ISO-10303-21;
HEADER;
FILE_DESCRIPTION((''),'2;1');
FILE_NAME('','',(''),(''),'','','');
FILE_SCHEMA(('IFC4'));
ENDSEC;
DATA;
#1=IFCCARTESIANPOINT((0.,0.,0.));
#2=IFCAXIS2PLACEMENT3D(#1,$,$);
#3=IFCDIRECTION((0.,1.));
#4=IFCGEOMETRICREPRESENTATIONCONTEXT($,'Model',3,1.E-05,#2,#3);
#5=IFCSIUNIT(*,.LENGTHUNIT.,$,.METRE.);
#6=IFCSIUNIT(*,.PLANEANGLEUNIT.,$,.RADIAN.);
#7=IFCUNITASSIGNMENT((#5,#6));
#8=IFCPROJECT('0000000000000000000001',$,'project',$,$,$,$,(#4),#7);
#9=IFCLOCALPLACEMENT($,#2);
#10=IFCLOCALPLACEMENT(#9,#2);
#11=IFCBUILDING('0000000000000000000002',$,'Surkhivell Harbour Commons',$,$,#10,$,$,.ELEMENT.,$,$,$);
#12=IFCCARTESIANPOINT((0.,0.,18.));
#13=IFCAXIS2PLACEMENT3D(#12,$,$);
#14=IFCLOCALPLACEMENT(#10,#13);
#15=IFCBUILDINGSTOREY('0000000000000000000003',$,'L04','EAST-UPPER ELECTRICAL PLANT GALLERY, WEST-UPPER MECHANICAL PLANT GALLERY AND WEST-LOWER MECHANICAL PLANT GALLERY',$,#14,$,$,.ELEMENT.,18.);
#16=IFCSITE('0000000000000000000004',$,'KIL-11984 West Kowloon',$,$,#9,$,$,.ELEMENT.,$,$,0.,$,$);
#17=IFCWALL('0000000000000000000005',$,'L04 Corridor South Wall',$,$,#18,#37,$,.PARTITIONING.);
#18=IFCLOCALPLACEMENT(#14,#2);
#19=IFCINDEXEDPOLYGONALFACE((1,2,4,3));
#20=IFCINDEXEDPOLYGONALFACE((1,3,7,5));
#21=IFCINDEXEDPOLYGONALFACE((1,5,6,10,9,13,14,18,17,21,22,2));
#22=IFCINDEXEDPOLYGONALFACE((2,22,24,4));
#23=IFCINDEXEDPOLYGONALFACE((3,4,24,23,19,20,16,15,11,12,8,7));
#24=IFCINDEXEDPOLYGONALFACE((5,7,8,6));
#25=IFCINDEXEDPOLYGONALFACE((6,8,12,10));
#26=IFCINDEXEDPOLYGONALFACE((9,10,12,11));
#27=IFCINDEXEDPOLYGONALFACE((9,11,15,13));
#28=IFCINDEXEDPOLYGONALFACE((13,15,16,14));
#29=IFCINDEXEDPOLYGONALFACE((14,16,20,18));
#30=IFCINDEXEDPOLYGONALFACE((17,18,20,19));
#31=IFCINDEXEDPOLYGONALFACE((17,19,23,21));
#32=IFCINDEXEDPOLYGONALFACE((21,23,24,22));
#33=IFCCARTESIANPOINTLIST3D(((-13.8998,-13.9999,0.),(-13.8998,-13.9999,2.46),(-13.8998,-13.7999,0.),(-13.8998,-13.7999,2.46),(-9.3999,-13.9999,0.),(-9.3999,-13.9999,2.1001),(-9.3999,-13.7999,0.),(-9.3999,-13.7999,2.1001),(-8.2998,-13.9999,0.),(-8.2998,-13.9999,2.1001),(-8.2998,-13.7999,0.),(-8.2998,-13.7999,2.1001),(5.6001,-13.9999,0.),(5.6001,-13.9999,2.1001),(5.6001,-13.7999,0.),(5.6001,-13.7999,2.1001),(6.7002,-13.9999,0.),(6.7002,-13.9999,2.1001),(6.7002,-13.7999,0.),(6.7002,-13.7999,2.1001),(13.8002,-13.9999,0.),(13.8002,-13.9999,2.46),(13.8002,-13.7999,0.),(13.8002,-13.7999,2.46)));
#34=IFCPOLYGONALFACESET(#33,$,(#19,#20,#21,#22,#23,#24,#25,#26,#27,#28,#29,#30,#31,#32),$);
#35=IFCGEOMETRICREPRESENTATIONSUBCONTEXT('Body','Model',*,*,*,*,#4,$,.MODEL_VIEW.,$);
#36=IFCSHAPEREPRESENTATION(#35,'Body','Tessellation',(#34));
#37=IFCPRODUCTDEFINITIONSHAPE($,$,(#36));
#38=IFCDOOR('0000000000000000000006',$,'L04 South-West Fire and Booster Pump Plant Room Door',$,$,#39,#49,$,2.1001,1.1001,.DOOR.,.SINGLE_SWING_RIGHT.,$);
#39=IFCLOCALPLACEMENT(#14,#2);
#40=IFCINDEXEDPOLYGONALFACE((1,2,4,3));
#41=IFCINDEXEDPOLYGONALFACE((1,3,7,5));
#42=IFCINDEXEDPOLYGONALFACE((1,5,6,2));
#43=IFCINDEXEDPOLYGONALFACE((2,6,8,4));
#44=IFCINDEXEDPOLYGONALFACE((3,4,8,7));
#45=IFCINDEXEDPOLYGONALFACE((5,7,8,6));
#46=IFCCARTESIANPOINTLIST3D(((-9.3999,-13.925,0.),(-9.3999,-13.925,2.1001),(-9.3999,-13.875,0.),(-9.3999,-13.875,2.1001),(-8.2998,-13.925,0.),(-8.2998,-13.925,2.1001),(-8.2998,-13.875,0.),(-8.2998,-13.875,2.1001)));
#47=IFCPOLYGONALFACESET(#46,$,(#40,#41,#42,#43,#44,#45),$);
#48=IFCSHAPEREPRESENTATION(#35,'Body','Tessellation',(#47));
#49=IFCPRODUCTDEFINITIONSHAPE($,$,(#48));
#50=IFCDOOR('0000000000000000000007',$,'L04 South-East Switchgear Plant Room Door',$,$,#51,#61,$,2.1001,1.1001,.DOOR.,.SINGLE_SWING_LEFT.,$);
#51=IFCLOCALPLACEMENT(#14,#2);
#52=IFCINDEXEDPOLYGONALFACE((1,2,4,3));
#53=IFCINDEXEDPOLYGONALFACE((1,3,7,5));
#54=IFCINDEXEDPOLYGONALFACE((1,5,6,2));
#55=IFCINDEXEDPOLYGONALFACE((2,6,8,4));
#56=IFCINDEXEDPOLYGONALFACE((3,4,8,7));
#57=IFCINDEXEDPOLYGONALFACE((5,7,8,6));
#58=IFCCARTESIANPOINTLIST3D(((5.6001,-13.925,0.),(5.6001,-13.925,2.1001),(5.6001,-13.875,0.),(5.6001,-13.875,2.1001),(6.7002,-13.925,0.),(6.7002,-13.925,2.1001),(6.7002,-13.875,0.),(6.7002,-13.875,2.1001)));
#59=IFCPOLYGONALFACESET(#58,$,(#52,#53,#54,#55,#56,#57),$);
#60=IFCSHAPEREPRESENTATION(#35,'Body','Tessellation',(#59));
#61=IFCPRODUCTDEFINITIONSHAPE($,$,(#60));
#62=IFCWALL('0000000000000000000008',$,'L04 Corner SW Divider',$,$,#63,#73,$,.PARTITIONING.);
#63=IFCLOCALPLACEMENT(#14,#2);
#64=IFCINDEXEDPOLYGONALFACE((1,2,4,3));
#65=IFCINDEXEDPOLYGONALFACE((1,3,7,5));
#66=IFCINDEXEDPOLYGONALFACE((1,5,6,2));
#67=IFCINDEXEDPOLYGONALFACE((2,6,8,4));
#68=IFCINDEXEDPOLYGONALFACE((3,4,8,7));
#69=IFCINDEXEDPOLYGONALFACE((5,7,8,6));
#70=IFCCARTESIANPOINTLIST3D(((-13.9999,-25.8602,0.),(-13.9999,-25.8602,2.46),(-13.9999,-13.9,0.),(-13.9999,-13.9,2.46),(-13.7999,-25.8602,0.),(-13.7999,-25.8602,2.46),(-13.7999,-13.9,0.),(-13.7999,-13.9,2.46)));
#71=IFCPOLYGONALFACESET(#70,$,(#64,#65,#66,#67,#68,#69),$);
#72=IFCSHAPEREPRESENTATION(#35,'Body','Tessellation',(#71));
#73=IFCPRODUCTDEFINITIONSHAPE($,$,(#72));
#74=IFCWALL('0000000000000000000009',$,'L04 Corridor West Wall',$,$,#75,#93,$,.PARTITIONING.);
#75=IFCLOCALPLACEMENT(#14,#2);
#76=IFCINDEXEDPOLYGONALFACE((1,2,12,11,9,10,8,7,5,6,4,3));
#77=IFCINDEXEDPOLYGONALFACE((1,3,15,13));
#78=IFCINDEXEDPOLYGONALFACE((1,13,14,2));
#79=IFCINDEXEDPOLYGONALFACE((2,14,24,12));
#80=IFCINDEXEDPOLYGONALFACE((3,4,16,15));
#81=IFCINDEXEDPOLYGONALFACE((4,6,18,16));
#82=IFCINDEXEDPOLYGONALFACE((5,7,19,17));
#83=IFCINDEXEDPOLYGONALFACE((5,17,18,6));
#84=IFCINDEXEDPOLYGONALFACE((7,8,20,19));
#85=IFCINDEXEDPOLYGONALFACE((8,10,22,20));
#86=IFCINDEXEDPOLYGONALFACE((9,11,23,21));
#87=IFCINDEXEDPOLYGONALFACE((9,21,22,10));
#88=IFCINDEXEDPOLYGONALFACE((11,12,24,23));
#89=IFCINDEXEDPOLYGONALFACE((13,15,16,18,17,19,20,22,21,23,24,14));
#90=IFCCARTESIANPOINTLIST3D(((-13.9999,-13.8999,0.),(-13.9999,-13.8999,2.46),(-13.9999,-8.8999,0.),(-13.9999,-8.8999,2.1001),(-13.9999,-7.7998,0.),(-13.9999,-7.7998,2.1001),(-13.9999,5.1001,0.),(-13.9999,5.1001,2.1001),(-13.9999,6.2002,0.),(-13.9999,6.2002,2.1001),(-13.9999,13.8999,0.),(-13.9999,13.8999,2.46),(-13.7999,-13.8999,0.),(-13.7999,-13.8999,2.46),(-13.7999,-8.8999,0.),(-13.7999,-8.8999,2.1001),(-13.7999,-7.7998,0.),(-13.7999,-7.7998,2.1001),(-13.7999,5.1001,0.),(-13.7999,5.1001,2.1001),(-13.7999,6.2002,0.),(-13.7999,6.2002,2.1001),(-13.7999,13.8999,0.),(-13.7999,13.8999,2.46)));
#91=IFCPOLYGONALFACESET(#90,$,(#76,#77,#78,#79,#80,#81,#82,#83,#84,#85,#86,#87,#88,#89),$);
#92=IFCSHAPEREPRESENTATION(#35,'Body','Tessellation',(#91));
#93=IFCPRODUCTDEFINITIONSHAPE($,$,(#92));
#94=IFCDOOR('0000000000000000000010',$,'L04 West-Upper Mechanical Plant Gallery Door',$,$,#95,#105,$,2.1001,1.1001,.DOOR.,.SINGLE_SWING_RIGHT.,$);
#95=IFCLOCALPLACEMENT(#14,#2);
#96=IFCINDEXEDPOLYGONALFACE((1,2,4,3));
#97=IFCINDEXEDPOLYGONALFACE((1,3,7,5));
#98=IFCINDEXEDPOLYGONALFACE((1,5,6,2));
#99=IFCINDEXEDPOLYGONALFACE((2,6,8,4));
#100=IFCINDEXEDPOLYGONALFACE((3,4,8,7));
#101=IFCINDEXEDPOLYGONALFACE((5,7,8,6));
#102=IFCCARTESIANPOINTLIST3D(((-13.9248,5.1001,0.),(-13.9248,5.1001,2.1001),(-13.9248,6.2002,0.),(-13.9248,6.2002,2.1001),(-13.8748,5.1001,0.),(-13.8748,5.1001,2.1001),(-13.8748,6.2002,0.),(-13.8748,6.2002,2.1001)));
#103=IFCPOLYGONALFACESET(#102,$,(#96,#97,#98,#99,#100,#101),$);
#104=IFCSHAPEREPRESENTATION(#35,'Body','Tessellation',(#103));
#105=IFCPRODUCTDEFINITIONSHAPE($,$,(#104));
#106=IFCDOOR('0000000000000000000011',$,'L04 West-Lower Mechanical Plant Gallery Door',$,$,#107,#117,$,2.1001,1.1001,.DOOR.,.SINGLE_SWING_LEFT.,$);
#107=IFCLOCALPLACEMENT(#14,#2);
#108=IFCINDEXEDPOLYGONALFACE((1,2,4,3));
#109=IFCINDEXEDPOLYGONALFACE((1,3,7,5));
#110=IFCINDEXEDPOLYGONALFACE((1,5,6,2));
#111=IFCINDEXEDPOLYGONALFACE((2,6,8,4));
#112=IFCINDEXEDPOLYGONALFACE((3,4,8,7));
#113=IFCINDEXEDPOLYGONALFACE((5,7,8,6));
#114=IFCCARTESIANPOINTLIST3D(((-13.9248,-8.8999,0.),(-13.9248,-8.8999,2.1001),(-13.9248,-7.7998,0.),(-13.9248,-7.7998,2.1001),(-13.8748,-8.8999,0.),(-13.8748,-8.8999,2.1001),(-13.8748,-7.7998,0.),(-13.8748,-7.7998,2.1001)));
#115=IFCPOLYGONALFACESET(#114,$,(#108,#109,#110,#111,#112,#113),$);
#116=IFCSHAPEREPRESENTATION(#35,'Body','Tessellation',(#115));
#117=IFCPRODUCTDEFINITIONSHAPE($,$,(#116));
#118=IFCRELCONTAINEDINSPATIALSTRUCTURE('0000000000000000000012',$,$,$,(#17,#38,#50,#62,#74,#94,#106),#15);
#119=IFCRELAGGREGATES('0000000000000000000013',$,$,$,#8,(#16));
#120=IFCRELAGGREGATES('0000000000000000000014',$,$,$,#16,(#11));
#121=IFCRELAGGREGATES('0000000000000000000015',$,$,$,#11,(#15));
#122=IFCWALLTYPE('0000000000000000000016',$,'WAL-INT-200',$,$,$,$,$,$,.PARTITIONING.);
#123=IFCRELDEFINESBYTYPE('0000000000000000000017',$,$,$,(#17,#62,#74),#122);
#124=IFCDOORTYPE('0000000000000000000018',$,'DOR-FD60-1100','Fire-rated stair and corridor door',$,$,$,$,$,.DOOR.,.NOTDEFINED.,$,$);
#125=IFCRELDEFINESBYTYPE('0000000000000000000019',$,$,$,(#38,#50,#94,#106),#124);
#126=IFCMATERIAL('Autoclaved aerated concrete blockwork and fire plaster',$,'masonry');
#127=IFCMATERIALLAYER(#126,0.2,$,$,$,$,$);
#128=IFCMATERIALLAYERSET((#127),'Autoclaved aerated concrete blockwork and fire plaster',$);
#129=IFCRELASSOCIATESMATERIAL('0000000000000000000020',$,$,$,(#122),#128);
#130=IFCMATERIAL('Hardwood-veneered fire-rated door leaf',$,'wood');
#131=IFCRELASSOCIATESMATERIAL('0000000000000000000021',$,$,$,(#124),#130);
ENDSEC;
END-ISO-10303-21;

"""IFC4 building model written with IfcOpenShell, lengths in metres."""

from ifc_helpers import new_model, si_unit, direction, frame, frame_2d, origin, place, context, subcontext, project, spatial, rectangle, extrude, material, layer, layer_set, type_object, element, fill, save


model = new_model("IFC4")

# Units and contexts
model_context = context("Model", 3, precision=1e-05, world=origin(), true_north=direction((0.0, 1.0)))
body_context = subcontext(model_context, "Body", "Model", "MODEL_VIEW")
ifc_project = project(units=[si_unit("LENGTHUNIT", "METRE"), si_unit("PLANEANGLEUNIT", "RADIAN")], contexts=[model_context])

# Site, building, storey
site_placement = place(None, origin())
site = spatial("IfcSite", under=ifc_project, at=site_placement, Name="KIL-11984 West Kowloon", CompositionType="ELEMENT", RefElevation=0.0)
building_placement = place(site_placement, origin())
building = spatial("IfcBuilding", under=site, at=building_placement, Name="Surkhivell Harbour Commons", CompositionType="ELEMENT")
storey_placement = place(building_placement, frame((0.0, 0.0, 18.0)))
storey = spatial("IfcBuildingStorey", under=building, at=storey_placement, Name="L04", Description="EAST-UPPER ELECTRICAL PLANT GALLERY, WEST-UPPER MECHANICAL PLANT GALLERY AND WEST-LOWER MECHANICAL PLANT GALLERY", CompositionType="ELEMENT", Elevation=18.0)

# Shared definitions
ifc_material_1 = material(Name="Autoclaved aerated concrete blockwork and fire plaster", Category="masonry")
ifc_layer_1 = layer(ifc_material_1, 0.2)
ifc_layer_set_1 = layer_set([ifc_layer_1], Name="Autoclaved aerated concrete blockwork and fire plaster")
wall_type_1 = type_object("IfcWallType", Name="WAL-INT-200", PredefinedType="PARTITIONING", material=ifc_layer_set_1)

# Wall, openings, doors
wall_1_placement = place(storey_placement, frame((-13.8999, -13.8999, 0.0), z_axis=(0.0, 0.0, 1.0), x_axis=(1.0, 0.0, 0.0)))
wall_1 = element("IfcWall", 1, at=wall_1_placement, inside=storey, type_object=wall_type_1, Name="L04 Corridor South Wall", PredefinedType="PARTITIONING", context=body_context, shape_type="SweptSolid", body=[
    extrude(rectangle(XDim=27.7, YDim=0.2, at=frame_2d((13.8501, 0.0))), origin(), (0.0, 0.0, 1.0), 2.46),
])
opening_1_placement = place(wall_1_placement, frame((4.5, 0.0, 0.0)))
opening_1 = element("IfcOpeningElement", 2, at=opening_1_placement, cuts=wall_1, PredefinedType="OPENING", context=body_context, shape_type="SweptSolid", body=[
    extrude(rectangle(XDim=1.1001, YDim=2.1001, at=frame_2d((0.55, 1.05))), frame((0.0, 0.1099, 0.0), z_axis=(0.0, -1.0, 0.0), x_axis=(1.0, 0.0, 0.0)), (0.0, 0.0, 1.0), 0.22),
])
opening_2_placement = place(wall_1_placement, frame((19.5, 0.0, 0.0)))
opening_2 = element("IfcOpeningElement", 3, at=opening_2_placement, cuts=wall_1, PredefinedType="OPENING", context=body_context, shape_type="SweptSolid", body=[
    extrude(rectangle(XDim=1.1001, YDim=2.1001, at=frame_2d((0.55, 1.05))), frame((0.0, 0.1099, 0.0), z_axis=(0.0, -1.0, 0.0), x_axis=(1.0, 0.0, 0.0)), (0.0, 0.0, 1.0), 0.22),
])
ifc_material_2 = material(Name="Hardwood-veneered fire-rated door leaf", Category="wood")
door_type = type_object("IfcDoorType", Name="DOR-FD60-1100", Description="Fire-rated stair and corridor door", OperationType="NOTDEFINED", PredefinedType="DOOR", material=ifc_material_2)
door_1_placement = place(opening_1_placement, origin())
door_1 = element("IfcDoor", 4, at=door_1_placement, inside=storey, type_object=door_type, Name="L04 South-West Fire and Booster Pump Plant Room Door", OperationType="SINGLE_SWING_RIGHT", OverallHeight=2.1001, OverallWidth=1.1001, PredefinedType="DOOR", context=body_context, shape_type="SweptSolid", body=[
    extrude(rectangle(XDim=1.1001, YDim=2.1001, at=frame_2d((0.55, 1.05))), frame((0.0, 0.0249, 0.0), z_axis=(0.0, -1.0, 0.0), x_axis=(1.0, 0.0, 0.0)), (0.0, 0.0, 1.0), 0.05),
])
fill(opening_1, door_1)
door_2_placement = place(opening_2_placement, origin())
door_2 = element("IfcDoor", 5, at=door_2_placement, inside=storey, type_object=door_type, Name="L04 South-East Switchgear Plant Room Door", OperationType="SINGLE_SWING_LEFT", OverallHeight=2.1001, OverallWidth=1.1001, PredefinedType="DOOR", context=body_context, shape_type="SweptSolid", body=[
    extrude(rectangle(XDim=1.1001, YDim=2.1001, at=frame_2d((0.55, 1.05))), frame((0.0, 0.0249, 0.0), z_axis=(0.0, -1.0, 0.0), x_axis=(1.0, 0.0, 0.0)), (0.0, 0.0, 1.0), 0.05),
])
fill(opening_2, door_2)

# Wall
wall_2_placement = place(storey_placement, frame((-13.8999, -25.8601, 0.0), z_axis=(0.0, 0.0, 1.0), x_axis=(0.0, 1.0, 0.0)))
element("IfcWall", 6, at=wall_2_placement, inside=storey, type_object=wall_type_1, Name="L04 Corner SW Divider", PredefinedType="PARTITIONING", context=body_context, shape_type="SweptSolid", body=[
    extrude(rectangle(XDim=11.9602, YDim=0.2, at=frame_2d((5.98, 0.0))), origin(), (0.0, 0.0, 1.0), 2.46),
])

# Wall, openings, doors
wall_3_placement = place(storey_placement, frame((-13.8999, -13.8999, 0.0), z_axis=(0.0, 0.0, 1.0), x_axis=(0.0, 1.0, 0.0)))
wall_3 = element("IfcWall", 7, at=wall_3_placement, inside=storey, type_object=wall_type_1, Name="L04 Corridor West Wall", PredefinedType="PARTITIONING", context=body_context, shape_type="SweptSolid", body=[
    extrude(rectangle(XDim=27.7998, YDim=0.2, at=frame_2d((13.8999, 0.0))), origin(), (0.0, 0.0, 1.0), 2.46),
])
opening_3_placement = place(wall_3_placement, frame((19.0, 0.0, 0.0)))
opening_3 = element("IfcOpeningElement", 8, at=opening_3_placement, cuts=wall_3, PredefinedType="OPENING", context=body_context, shape_type="SweptSolid", body=[
    extrude(rectangle(XDim=1.1001, YDim=2.1001, at=frame_2d((0.55, 1.05))), frame((0.0, 0.1099, 0.0), z_axis=(0.0, -1.0, 0.0), x_axis=(1.0, 0.0, 0.0)), (0.0, 0.0, 1.0), 0.22),
])
opening_4_placement = place(wall_3_placement, frame((5.0, 0.0, 0.0)))
opening_4 = element("IfcOpeningElement", 9, at=opening_4_placement, cuts=wall_3, PredefinedType="OPENING", context=body_context, shape_type="SweptSolid", body=[
    extrude(rectangle(XDim=1.1001, YDim=2.1001, at=frame_2d((0.55, 1.05))), frame((0.0, 0.1099, 0.0), z_axis=(0.0, -1.0, 0.0), x_axis=(1.0, 0.0, 0.0)), (0.0, 0.0, 1.0), 0.22),
])
door_3_placement = place(opening_3_placement, origin())
door_3 = element("IfcDoor", 10, at=door_3_placement, inside=storey, type_object=door_type, Name="L04 West-Upper Mechanical Plant Gallery Door", OperationType="SINGLE_SWING_RIGHT", OverallHeight=2.1001, OverallWidth=1.1001, PredefinedType="DOOR", context=body_context, shape_type="SweptSolid", body=[
    extrude(rectangle(XDim=1.1001, YDim=2.1001, at=frame_2d((0.55, 1.05))), frame((0.0, 0.0249, 0.0), z_axis=(0.0, -1.0, 0.0), x_axis=(1.0, 0.0, 0.0)), (0.0, 0.0, 1.0), 0.05),
])
fill(opening_3, door_3)
door_4_placement = place(opening_4_placement, origin())
door_4 = element("IfcDoor", 11, at=door_4_placement, inside=storey, type_object=door_type, Name="L04 West-Lower Mechanical Plant Gallery Door", OperationType="SINGLE_SWING_LEFT", OverallHeight=2.1001, OverallWidth=1.1001, PredefinedType="DOOR", context=body_context, shape_type="SweptSolid", body=[
    extrude(rectangle(XDim=1.1001, YDim=2.1001, at=frame_2d((0.55, 1.05))), frame((0.0, 0.0249, 0.0), z_axis=(0.0, -1.0, 0.0), x_axis=(1.0, 0.0, 0.0)), (0.0, 0.0, 1.0), 0.05),
])
fill(opening_4, door_4)

save(model, "model.ifc")
